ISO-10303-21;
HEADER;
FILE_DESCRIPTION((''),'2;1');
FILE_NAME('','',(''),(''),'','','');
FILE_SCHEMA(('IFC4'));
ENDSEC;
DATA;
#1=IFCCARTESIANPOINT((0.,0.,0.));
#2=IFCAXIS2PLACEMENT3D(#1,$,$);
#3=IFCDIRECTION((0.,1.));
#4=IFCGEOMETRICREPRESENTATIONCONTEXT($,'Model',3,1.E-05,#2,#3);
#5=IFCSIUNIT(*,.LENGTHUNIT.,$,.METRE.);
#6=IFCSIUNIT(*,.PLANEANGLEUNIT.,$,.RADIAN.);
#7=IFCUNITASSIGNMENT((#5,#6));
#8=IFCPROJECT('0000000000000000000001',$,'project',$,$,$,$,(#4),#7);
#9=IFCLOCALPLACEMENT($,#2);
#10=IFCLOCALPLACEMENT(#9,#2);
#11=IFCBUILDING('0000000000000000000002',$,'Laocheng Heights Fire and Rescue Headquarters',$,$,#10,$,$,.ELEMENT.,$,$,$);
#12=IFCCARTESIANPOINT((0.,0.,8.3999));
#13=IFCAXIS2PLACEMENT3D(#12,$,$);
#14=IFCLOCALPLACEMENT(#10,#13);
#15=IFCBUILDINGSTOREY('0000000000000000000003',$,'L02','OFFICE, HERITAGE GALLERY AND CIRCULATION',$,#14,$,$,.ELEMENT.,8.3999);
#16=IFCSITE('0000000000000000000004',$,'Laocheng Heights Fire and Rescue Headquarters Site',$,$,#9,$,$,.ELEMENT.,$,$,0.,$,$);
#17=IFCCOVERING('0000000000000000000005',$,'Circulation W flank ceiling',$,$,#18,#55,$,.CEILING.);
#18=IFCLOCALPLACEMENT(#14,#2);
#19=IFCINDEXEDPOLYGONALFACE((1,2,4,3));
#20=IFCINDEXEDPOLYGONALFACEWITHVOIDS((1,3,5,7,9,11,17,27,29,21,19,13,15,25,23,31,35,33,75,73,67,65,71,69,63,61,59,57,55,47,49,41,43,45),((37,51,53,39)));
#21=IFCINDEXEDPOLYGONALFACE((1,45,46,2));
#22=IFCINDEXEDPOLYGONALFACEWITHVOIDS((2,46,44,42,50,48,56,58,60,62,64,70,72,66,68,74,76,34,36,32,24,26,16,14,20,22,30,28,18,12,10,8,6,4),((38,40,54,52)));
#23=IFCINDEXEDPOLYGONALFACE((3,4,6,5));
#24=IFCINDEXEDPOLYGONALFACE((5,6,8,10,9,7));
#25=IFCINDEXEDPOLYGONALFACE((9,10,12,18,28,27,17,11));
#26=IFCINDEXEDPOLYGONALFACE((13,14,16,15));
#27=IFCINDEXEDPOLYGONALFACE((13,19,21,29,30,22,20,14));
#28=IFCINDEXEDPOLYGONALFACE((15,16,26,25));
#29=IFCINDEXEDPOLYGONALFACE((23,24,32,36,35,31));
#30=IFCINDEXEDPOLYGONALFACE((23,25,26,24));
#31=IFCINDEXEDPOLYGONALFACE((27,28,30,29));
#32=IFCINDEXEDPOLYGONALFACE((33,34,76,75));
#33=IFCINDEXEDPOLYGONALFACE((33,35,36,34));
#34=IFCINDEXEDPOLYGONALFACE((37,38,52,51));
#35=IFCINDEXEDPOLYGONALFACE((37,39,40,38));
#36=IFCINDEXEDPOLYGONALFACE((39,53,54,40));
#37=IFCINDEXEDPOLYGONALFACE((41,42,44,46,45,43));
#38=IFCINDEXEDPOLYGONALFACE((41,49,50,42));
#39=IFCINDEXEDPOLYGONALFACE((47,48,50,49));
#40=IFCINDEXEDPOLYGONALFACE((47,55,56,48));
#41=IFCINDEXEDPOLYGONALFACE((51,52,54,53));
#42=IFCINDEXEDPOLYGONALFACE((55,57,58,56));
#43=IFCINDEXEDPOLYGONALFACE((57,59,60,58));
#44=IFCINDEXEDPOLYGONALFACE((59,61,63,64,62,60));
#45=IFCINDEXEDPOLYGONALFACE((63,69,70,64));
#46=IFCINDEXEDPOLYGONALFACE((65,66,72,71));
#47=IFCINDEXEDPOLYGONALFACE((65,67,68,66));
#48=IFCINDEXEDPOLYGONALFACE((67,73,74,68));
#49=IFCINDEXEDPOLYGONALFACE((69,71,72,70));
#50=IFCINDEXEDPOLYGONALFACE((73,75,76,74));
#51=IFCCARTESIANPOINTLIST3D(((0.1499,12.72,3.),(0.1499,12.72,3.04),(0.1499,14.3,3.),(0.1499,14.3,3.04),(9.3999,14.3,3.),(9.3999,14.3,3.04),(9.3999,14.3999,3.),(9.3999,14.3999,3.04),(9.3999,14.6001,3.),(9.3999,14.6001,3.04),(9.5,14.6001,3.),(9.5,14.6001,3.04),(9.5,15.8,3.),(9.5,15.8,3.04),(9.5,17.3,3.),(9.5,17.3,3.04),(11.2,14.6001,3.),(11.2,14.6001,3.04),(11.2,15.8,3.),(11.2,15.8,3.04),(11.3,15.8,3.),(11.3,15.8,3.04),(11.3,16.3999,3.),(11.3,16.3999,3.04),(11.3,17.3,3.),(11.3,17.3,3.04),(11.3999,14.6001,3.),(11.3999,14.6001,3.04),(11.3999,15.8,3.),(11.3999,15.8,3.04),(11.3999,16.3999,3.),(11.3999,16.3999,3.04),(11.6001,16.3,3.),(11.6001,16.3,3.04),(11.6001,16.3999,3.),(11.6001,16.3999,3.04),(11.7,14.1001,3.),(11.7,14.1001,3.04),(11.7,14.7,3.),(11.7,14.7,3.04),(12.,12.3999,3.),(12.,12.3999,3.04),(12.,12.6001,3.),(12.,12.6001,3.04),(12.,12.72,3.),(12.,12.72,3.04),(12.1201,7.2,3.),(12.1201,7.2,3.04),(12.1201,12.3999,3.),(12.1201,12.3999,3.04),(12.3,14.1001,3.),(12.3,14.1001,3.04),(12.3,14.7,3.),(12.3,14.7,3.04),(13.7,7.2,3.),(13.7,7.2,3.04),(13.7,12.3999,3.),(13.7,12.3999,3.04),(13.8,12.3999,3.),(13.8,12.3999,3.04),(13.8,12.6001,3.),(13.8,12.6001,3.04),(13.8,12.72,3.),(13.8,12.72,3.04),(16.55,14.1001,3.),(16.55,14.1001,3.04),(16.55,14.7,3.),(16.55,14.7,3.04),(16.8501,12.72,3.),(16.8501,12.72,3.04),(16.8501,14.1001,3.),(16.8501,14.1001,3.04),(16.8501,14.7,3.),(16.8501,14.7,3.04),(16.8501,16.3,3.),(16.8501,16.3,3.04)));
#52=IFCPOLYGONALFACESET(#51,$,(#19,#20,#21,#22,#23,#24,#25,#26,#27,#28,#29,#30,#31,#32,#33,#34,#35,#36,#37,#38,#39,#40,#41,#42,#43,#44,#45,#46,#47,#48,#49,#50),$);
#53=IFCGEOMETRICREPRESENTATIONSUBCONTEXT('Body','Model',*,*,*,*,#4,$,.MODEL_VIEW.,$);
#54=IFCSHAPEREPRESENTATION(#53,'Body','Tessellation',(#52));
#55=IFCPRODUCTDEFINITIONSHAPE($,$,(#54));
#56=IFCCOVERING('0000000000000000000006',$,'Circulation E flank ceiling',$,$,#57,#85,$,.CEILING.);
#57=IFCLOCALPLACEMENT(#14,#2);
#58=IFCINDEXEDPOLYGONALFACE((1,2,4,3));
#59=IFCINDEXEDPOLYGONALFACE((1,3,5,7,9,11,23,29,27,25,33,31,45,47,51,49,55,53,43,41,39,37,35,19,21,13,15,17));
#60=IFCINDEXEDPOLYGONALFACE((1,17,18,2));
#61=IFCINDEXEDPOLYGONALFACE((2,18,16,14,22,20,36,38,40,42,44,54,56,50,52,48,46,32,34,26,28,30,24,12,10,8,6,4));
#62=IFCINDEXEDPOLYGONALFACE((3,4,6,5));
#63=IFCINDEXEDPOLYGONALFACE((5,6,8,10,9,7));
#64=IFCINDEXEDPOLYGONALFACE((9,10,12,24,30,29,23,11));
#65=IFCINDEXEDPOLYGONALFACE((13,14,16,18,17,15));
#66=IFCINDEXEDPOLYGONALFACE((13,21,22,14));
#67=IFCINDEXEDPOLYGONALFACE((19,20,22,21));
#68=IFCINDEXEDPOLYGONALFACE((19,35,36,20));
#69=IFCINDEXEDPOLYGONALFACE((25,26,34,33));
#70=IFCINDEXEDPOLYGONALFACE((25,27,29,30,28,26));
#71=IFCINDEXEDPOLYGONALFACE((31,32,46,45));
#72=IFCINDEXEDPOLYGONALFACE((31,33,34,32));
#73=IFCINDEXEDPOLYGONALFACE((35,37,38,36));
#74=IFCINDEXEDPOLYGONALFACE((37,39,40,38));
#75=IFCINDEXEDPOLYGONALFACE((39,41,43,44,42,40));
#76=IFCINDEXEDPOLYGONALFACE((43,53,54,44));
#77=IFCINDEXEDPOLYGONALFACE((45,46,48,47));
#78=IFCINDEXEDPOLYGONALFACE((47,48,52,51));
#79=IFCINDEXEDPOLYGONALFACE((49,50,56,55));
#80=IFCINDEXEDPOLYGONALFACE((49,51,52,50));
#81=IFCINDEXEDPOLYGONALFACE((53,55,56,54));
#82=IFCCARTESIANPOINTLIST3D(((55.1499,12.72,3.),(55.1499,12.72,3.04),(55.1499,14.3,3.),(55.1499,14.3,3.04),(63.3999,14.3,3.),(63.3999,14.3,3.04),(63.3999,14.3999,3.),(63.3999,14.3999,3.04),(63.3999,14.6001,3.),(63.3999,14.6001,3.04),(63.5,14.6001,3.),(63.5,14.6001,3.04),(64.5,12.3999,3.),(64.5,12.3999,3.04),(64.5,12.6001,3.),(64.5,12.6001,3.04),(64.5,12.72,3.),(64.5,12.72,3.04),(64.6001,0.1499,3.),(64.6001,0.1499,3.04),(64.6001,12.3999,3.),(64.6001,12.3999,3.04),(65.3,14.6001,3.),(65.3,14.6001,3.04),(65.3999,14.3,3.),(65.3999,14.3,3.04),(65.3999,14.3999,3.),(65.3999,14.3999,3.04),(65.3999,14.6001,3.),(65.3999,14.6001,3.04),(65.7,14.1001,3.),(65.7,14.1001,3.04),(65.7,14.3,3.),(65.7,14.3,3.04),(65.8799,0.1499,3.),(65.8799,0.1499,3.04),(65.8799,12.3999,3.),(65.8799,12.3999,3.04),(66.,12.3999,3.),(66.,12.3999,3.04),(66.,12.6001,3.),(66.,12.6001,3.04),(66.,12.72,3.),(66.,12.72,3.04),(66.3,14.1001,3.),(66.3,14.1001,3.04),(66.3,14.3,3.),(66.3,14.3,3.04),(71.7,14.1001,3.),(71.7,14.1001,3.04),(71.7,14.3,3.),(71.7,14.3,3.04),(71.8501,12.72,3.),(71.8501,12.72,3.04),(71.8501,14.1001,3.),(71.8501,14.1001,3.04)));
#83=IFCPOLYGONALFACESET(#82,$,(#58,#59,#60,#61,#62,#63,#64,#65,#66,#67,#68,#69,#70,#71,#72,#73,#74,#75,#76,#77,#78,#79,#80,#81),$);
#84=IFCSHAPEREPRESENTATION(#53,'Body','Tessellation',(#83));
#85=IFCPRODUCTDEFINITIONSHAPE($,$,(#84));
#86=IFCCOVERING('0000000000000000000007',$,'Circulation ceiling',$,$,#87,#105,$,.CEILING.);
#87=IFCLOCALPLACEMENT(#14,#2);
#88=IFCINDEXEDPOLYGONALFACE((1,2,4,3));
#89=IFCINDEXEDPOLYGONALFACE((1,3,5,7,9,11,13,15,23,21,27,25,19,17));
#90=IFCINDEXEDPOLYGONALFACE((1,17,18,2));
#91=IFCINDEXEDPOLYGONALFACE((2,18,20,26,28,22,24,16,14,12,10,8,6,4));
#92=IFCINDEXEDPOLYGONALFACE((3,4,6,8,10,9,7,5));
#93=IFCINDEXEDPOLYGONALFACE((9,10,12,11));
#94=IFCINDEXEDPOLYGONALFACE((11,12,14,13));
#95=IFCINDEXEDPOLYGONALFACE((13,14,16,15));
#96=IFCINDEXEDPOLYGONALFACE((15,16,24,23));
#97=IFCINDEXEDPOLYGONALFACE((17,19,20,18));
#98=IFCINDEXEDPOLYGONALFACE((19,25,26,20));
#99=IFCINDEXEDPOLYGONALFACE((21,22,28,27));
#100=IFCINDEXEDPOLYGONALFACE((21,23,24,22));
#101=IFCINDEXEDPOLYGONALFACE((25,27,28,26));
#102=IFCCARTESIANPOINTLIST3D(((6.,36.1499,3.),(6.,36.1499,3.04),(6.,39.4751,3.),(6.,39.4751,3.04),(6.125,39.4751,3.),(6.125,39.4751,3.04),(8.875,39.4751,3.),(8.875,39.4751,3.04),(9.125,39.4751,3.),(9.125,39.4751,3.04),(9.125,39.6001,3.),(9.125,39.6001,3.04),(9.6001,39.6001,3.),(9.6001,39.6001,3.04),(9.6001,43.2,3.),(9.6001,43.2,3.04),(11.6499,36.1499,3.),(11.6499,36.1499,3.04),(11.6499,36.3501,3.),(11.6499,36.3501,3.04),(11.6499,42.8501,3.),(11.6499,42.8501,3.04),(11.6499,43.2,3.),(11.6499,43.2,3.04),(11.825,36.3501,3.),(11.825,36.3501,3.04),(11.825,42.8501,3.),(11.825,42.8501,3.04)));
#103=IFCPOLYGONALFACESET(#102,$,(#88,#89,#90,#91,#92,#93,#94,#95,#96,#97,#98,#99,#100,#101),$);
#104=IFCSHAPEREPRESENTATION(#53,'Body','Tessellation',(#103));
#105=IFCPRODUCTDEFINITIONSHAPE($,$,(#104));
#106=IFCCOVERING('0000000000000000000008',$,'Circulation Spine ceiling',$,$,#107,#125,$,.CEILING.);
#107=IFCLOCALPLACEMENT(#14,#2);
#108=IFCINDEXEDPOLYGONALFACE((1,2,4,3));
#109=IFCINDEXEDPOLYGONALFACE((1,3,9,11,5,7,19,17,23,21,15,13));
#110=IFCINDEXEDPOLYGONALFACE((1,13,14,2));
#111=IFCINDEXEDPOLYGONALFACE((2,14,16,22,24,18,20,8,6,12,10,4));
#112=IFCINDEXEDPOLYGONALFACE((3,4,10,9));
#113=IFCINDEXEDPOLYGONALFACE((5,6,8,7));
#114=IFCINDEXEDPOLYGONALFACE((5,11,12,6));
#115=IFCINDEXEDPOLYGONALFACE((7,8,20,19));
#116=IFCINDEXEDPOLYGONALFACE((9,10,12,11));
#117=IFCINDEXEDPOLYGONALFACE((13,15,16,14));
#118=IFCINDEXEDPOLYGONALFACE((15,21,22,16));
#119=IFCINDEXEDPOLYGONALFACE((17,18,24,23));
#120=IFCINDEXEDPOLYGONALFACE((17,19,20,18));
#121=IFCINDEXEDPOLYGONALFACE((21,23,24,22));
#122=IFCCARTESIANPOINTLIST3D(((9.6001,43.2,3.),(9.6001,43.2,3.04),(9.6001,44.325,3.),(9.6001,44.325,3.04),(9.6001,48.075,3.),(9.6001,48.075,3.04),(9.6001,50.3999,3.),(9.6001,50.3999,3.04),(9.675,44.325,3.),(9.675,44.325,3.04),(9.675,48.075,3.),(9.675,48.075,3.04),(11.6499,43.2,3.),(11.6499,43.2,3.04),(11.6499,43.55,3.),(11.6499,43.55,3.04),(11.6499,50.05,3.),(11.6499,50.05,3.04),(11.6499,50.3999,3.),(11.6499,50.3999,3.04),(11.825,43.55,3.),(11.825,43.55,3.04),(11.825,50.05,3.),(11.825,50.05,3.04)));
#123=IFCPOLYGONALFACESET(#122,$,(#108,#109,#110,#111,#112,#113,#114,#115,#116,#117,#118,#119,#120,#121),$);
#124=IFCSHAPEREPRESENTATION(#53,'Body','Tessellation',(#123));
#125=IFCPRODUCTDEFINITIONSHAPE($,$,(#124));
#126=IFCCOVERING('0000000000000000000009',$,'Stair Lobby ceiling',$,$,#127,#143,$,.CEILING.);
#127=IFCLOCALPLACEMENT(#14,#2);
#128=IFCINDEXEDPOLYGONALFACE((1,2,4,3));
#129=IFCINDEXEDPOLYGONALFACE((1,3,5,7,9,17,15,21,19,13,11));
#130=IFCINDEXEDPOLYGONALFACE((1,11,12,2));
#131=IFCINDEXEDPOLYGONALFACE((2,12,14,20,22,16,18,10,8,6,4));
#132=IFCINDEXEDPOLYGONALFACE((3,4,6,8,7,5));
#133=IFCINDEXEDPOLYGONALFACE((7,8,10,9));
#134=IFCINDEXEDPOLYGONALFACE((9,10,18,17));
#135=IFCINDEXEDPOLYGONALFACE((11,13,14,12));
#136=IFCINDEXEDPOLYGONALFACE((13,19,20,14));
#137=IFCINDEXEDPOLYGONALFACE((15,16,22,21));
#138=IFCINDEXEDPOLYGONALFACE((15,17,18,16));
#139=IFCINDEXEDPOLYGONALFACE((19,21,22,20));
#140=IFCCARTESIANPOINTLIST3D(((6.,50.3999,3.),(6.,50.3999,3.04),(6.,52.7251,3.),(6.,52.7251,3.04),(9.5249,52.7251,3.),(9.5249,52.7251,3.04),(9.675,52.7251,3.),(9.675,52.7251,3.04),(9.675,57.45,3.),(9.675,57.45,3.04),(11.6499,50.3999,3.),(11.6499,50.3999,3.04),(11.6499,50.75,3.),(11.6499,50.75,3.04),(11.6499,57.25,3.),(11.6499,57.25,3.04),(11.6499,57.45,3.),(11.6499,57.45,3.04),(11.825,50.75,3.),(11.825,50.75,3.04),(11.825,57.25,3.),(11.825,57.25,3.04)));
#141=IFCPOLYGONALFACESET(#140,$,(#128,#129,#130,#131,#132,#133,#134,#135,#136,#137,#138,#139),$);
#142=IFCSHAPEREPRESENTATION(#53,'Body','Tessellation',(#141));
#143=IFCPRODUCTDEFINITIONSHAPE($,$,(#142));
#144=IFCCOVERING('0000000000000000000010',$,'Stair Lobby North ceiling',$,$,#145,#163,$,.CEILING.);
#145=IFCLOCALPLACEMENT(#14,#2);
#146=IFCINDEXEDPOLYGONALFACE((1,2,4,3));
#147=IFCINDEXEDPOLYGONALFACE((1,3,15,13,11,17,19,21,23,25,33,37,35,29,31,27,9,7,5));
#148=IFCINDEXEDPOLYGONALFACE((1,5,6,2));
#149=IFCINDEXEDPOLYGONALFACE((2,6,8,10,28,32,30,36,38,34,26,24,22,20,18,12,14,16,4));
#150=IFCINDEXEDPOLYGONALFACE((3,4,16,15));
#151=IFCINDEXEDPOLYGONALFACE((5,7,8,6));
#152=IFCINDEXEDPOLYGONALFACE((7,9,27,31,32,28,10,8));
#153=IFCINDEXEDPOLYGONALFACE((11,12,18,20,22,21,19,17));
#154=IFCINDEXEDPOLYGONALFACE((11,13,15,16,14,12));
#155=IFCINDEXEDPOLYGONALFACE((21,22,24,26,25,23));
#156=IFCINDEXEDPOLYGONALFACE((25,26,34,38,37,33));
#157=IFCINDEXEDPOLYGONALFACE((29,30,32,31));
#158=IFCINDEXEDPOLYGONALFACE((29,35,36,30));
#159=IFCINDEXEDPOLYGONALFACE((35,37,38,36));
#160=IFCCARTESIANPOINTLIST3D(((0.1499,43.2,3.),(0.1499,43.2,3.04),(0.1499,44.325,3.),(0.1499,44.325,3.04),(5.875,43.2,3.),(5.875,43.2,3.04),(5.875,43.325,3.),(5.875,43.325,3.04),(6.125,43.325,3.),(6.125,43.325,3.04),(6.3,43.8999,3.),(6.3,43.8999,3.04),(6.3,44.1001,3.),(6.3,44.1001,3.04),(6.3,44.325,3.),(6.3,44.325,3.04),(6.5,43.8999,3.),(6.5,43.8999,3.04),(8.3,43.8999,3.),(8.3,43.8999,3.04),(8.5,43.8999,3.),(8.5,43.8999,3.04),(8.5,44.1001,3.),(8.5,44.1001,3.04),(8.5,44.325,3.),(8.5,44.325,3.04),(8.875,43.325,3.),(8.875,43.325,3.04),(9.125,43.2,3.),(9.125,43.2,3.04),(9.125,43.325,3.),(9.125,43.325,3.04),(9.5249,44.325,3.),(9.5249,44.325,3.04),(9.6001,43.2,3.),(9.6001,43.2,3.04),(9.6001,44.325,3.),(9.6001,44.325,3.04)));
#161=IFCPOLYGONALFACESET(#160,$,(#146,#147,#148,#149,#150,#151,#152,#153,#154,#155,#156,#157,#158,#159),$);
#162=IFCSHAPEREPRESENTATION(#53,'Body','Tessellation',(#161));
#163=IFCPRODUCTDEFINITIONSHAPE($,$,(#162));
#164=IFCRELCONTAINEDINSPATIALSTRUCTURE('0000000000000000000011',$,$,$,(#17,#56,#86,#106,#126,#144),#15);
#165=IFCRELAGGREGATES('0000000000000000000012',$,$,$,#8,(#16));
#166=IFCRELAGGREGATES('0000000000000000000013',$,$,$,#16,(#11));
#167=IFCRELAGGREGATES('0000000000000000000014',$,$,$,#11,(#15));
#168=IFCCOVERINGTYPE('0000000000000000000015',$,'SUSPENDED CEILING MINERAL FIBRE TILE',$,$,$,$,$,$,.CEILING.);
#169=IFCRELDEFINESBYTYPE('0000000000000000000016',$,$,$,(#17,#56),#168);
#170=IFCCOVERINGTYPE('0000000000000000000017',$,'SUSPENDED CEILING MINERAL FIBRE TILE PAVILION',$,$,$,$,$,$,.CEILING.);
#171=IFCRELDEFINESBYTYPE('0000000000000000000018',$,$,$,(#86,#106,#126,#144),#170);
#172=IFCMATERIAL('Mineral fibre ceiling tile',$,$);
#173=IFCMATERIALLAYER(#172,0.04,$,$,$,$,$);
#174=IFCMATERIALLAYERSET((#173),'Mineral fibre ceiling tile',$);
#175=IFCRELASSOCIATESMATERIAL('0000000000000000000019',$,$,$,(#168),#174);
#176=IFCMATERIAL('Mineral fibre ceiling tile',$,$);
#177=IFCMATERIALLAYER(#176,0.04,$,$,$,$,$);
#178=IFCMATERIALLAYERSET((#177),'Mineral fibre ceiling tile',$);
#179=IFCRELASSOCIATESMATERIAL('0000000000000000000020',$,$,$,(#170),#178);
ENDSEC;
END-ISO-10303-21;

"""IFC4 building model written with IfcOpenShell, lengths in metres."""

from ifc_helpers import new_model, si_unit, direction, frame, origin, place, context, subcontext, project, spatial, polyline, outline, extrude, material, layer, layer_set, type_object, element, save


model = new_model("IFC4")

# Units and contexts
model_context = context("Model", 3, precision=1e-05, world=origin(), true_north=direction((0.0, 1.0)))
body_context = subcontext(model_context, "Body", "Model", "MODEL_VIEW")
ifc_project = project(units=[si_unit("LENGTHUNIT", "METRE"), si_unit("PLANEANGLEUNIT", "RADIAN")], contexts=[model_context])

# Site, building, storey
site_placement = place(None, origin())
site = spatial("IfcSite", under=ifc_project, at=site_placement, Name="Laocheng Heights Fire and Rescue Headquarters Site", CompositionType="ELEMENT", RefElevation=0.0)
building_placement = place(site_placement, origin())
building = spatial("IfcBuilding", under=site, at=building_placement, Name="Laocheng Heights Fire and Rescue Headquarters", CompositionType="ELEMENT")
storey_placement = place(building_placement, frame((0.0, 0.0, 8.3999)))
storey = spatial("IfcBuildingStorey", under=building, at=storey_placement, Name="L02", Description="OFFICE, HERITAGE GALLERY AND CIRCULATION", CompositionType="ELEMENT", Elevation=8.3999)

# Coverings
ifc_material_1 = material(Name="Mineral fibre ceiling tile")
ifc_layer_1 = layer(ifc_material_1, 0.04)
ifc_layer_set_1 = layer_set([ifc_layer_1], Name="Mineral fibre ceiling tile")
covering_type_1 = type_object("IfcCoveringType", Name="SUSPENDED CEILING MINERAL FIBRE TILE", PredefinedType="CEILING", material=ifc_layer_set_1)
covering_1_placement = place(storey_placement, frame((0.0, 0.0, 3.0)))
element("IfcCovering", 1, at=covering_1_placement, inside=storey, type_object=covering_type_1, Name="Circulation W flank ceiling", PredefinedType="CEILING", context=body_context, shape_type="SweptSolid", body=[
    extrude(outline(polyline([(9.3999, 14.3), (9.3999, 14.3999), (9.3999, 14.6001), (9.5, 14.6001), (11.2, 14.6001), (11.3999, 14.6001), (11.3999, 15.8), (11.3, 15.8), (11.2, 15.8), (9.5, 15.8), (9.5, 17.3), (11.3, 17.3), (11.3, 16.3999), (11.3999, 16.3999), (11.6001, 16.3999), (11.6001, 16.3), (16.8501, 16.3), (16.8501, 14.7), (16.55, 14.7), (16.55, 14.1001), (16.8501, 14.1001), (16.8501, 12.72), (13.8, 12.72), (13.8, 12.6001), (13.8, 12.3999), (13.7, 12.3999), (13.7, 7.2), (12.1201, 7.2), (12.1201, 12.3999), (12.0, 12.3999), (12.0, 12.6001), (12.0, 12.72), (0.1499, 12.72), (0.1499, 14.3), (9.3999, 14.3)]), holes=[polyline([(11.7, 14.1001), (12.3, 14.1001), (12.3, 14.7), (11.7, 14.7), (11.7, 14.1001)])]), origin(), (0.0, 0.0, 1.0), 0.04),
])
covering_2_placement = place(storey_placement, frame((0.0, 0.0, 3.0)))
element("IfcCovering", 2, at=covering_2_placement, inside=storey, type_object=covering_type_1, Name="Circulation E flank ceiling", PredefinedType="CEILING", context=body_context, shape_type="SweptSolid", body=[
    extrude(outline(polyline([(64.6001, 12.3999), (64.5, 12.3999), (64.5, 12.6001), (64.5, 12.72), (55.1499, 12.72), (55.1499, 14.3), (63.3999, 14.3), (63.3999, 14.3999), (63.3999, 14.6001), (63.5, 14.6001), (65.3, 14.6001), (65.3999, 14.6001), (65.3999, 14.3999), (65.3999, 14.3), (65.7, 14.3), (65.7, 14.1001), (66.3, 14.1001), (66.3, 14.3), (71.7, 14.3), (71.7, 14.1001), (71.8501, 14.1001), (71.8501, 12.72), (66.0, 12.72), (66.0, 12.6001), (66.0, 12.3999), (65.8799, 12.3999), (65.8799, 0.1499), (64.6001, 0.1499), (64.6001, 12.3999)])), origin(), (0.0, 0.0, 1.0), 0.04),
])
ifc_material_2 = material(Name="Mineral fibre ceiling tile")
ifc_layer_2 = layer(ifc_material_2, 0.04)
ifc_layer_set_2 = layer_set([ifc_layer_2], Name="Mineral fibre ceiling tile")
covering_type_2 = type_object("IfcCoveringType", Name="SUSPENDED CEILING MINERAL FIBRE TILE PAVILION", PredefinedType="CEILING", material=ifc_layer_set_2)
covering_3_placement = place(storey_placement, frame((0.0, 0.0, 3.0)))
element("IfcCovering", 3, at=covering_3_placement, inside=storey, type_object=covering_type_2, Name="Circulation ceiling", PredefinedType="CEILING", context=body_context, shape_type="SweptSolid", body=[
    extrude(outline(polyline([(6.125, 39.4751), (8.875, 39.4751), (9.125, 39.4751), (9.125, 39.6001), (9.6001, 39.6001), (9.6001, 43.2), (11.6499, 43.2), (11.6499, 42.8501), (11.825, 42.8501), (11.825, 36.3501), (11.6499, 36.3501), (11.6499, 36.1499), (6.0, 36.1499), (6.0, 39.4751), (6.125, 39.4751)])), origin(), (0.0, 0.0, 1.0), 0.04),
])
covering_4_placement = place(storey_placement, frame((0.0, 0.0, 3.0)))
element("IfcCovering", 4, at=covering_4_placement, inside=storey, type_object=covering_type_2, Name="Circulation Spine ceiling", PredefinedType="CEILING", context=body_context, shape_type="SweptSolid", body=[
    extrude(outline(polyline([(11.6499, 50.3999), (11.6499, 50.05), (11.825, 50.05), (11.825, 43.55), (11.6499, 43.55), (11.6499, 43.2), (9.6001, 43.2), (9.6001, 44.325), (9.675, 44.325), (9.675, 48.075), (9.6001, 48.075), (9.6001, 50.3999), (11.6499, 50.3999)])), origin(), (0.0, 0.0, 1.0), 0.04),
])
covering_5_placement = place(storey_placement, frame((0.0, 0.0, 3.0)))
element("IfcCovering", 5, at=covering_5_placement, inside=storey, type_object=covering_type_2, Name="Stair Lobby ceiling", PredefinedType="CEILING", context=body_context, shape_type="SweptSolid", body=[
    extrude(outline(polyline([(6.0, 52.7251), (9.5249, 52.7251), (9.675, 52.7251), (9.675, 57.45), (11.6499, 57.45), (11.6499, 57.25), (11.825, 57.25), (11.825, 50.75), (11.6499, 50.75), (11.6499, 50.3999), (6.0, 50.3999), (6.0, 52.7251)])), origin(), (0.0, 0.0, 1.0), 0.04),
])
covering_6_placement = place(storey_placement, frame((0.0, 0.0, 3.0)))
element("IfcCovering", 6, at=covering_6_placement, inside=storey, type_object=covering_type_2, Name="Stair Lobby North ceiling", PredefinedType="CEILING", context=body_context, shape_type="SweptSolid", body=[
    extrude(outline(polyline([(9.125, 43.2), (9.125, 43.325), (8.875, 43.325), (6.125, 43.325), (5.875, 43.325), (5.875, 43.2), (0.1499, 43.2), (0.1499, 44.325), (6.3, 44.325), (6.3, 44.1001), (6.3, 43.8999), (6.5, 43.8999), (8.3, 43.8999), (8.5, 43.8999), (8.5, 44.1001), (8.5, 44.325), (9.5249, 44.325), (9.6001, 44.325), (9.6001, 43.2), (9.125, 43.2)])), origin(), (0.0, 0.0, 1.0), 0.04),
])

save(model, "model.ifc")
